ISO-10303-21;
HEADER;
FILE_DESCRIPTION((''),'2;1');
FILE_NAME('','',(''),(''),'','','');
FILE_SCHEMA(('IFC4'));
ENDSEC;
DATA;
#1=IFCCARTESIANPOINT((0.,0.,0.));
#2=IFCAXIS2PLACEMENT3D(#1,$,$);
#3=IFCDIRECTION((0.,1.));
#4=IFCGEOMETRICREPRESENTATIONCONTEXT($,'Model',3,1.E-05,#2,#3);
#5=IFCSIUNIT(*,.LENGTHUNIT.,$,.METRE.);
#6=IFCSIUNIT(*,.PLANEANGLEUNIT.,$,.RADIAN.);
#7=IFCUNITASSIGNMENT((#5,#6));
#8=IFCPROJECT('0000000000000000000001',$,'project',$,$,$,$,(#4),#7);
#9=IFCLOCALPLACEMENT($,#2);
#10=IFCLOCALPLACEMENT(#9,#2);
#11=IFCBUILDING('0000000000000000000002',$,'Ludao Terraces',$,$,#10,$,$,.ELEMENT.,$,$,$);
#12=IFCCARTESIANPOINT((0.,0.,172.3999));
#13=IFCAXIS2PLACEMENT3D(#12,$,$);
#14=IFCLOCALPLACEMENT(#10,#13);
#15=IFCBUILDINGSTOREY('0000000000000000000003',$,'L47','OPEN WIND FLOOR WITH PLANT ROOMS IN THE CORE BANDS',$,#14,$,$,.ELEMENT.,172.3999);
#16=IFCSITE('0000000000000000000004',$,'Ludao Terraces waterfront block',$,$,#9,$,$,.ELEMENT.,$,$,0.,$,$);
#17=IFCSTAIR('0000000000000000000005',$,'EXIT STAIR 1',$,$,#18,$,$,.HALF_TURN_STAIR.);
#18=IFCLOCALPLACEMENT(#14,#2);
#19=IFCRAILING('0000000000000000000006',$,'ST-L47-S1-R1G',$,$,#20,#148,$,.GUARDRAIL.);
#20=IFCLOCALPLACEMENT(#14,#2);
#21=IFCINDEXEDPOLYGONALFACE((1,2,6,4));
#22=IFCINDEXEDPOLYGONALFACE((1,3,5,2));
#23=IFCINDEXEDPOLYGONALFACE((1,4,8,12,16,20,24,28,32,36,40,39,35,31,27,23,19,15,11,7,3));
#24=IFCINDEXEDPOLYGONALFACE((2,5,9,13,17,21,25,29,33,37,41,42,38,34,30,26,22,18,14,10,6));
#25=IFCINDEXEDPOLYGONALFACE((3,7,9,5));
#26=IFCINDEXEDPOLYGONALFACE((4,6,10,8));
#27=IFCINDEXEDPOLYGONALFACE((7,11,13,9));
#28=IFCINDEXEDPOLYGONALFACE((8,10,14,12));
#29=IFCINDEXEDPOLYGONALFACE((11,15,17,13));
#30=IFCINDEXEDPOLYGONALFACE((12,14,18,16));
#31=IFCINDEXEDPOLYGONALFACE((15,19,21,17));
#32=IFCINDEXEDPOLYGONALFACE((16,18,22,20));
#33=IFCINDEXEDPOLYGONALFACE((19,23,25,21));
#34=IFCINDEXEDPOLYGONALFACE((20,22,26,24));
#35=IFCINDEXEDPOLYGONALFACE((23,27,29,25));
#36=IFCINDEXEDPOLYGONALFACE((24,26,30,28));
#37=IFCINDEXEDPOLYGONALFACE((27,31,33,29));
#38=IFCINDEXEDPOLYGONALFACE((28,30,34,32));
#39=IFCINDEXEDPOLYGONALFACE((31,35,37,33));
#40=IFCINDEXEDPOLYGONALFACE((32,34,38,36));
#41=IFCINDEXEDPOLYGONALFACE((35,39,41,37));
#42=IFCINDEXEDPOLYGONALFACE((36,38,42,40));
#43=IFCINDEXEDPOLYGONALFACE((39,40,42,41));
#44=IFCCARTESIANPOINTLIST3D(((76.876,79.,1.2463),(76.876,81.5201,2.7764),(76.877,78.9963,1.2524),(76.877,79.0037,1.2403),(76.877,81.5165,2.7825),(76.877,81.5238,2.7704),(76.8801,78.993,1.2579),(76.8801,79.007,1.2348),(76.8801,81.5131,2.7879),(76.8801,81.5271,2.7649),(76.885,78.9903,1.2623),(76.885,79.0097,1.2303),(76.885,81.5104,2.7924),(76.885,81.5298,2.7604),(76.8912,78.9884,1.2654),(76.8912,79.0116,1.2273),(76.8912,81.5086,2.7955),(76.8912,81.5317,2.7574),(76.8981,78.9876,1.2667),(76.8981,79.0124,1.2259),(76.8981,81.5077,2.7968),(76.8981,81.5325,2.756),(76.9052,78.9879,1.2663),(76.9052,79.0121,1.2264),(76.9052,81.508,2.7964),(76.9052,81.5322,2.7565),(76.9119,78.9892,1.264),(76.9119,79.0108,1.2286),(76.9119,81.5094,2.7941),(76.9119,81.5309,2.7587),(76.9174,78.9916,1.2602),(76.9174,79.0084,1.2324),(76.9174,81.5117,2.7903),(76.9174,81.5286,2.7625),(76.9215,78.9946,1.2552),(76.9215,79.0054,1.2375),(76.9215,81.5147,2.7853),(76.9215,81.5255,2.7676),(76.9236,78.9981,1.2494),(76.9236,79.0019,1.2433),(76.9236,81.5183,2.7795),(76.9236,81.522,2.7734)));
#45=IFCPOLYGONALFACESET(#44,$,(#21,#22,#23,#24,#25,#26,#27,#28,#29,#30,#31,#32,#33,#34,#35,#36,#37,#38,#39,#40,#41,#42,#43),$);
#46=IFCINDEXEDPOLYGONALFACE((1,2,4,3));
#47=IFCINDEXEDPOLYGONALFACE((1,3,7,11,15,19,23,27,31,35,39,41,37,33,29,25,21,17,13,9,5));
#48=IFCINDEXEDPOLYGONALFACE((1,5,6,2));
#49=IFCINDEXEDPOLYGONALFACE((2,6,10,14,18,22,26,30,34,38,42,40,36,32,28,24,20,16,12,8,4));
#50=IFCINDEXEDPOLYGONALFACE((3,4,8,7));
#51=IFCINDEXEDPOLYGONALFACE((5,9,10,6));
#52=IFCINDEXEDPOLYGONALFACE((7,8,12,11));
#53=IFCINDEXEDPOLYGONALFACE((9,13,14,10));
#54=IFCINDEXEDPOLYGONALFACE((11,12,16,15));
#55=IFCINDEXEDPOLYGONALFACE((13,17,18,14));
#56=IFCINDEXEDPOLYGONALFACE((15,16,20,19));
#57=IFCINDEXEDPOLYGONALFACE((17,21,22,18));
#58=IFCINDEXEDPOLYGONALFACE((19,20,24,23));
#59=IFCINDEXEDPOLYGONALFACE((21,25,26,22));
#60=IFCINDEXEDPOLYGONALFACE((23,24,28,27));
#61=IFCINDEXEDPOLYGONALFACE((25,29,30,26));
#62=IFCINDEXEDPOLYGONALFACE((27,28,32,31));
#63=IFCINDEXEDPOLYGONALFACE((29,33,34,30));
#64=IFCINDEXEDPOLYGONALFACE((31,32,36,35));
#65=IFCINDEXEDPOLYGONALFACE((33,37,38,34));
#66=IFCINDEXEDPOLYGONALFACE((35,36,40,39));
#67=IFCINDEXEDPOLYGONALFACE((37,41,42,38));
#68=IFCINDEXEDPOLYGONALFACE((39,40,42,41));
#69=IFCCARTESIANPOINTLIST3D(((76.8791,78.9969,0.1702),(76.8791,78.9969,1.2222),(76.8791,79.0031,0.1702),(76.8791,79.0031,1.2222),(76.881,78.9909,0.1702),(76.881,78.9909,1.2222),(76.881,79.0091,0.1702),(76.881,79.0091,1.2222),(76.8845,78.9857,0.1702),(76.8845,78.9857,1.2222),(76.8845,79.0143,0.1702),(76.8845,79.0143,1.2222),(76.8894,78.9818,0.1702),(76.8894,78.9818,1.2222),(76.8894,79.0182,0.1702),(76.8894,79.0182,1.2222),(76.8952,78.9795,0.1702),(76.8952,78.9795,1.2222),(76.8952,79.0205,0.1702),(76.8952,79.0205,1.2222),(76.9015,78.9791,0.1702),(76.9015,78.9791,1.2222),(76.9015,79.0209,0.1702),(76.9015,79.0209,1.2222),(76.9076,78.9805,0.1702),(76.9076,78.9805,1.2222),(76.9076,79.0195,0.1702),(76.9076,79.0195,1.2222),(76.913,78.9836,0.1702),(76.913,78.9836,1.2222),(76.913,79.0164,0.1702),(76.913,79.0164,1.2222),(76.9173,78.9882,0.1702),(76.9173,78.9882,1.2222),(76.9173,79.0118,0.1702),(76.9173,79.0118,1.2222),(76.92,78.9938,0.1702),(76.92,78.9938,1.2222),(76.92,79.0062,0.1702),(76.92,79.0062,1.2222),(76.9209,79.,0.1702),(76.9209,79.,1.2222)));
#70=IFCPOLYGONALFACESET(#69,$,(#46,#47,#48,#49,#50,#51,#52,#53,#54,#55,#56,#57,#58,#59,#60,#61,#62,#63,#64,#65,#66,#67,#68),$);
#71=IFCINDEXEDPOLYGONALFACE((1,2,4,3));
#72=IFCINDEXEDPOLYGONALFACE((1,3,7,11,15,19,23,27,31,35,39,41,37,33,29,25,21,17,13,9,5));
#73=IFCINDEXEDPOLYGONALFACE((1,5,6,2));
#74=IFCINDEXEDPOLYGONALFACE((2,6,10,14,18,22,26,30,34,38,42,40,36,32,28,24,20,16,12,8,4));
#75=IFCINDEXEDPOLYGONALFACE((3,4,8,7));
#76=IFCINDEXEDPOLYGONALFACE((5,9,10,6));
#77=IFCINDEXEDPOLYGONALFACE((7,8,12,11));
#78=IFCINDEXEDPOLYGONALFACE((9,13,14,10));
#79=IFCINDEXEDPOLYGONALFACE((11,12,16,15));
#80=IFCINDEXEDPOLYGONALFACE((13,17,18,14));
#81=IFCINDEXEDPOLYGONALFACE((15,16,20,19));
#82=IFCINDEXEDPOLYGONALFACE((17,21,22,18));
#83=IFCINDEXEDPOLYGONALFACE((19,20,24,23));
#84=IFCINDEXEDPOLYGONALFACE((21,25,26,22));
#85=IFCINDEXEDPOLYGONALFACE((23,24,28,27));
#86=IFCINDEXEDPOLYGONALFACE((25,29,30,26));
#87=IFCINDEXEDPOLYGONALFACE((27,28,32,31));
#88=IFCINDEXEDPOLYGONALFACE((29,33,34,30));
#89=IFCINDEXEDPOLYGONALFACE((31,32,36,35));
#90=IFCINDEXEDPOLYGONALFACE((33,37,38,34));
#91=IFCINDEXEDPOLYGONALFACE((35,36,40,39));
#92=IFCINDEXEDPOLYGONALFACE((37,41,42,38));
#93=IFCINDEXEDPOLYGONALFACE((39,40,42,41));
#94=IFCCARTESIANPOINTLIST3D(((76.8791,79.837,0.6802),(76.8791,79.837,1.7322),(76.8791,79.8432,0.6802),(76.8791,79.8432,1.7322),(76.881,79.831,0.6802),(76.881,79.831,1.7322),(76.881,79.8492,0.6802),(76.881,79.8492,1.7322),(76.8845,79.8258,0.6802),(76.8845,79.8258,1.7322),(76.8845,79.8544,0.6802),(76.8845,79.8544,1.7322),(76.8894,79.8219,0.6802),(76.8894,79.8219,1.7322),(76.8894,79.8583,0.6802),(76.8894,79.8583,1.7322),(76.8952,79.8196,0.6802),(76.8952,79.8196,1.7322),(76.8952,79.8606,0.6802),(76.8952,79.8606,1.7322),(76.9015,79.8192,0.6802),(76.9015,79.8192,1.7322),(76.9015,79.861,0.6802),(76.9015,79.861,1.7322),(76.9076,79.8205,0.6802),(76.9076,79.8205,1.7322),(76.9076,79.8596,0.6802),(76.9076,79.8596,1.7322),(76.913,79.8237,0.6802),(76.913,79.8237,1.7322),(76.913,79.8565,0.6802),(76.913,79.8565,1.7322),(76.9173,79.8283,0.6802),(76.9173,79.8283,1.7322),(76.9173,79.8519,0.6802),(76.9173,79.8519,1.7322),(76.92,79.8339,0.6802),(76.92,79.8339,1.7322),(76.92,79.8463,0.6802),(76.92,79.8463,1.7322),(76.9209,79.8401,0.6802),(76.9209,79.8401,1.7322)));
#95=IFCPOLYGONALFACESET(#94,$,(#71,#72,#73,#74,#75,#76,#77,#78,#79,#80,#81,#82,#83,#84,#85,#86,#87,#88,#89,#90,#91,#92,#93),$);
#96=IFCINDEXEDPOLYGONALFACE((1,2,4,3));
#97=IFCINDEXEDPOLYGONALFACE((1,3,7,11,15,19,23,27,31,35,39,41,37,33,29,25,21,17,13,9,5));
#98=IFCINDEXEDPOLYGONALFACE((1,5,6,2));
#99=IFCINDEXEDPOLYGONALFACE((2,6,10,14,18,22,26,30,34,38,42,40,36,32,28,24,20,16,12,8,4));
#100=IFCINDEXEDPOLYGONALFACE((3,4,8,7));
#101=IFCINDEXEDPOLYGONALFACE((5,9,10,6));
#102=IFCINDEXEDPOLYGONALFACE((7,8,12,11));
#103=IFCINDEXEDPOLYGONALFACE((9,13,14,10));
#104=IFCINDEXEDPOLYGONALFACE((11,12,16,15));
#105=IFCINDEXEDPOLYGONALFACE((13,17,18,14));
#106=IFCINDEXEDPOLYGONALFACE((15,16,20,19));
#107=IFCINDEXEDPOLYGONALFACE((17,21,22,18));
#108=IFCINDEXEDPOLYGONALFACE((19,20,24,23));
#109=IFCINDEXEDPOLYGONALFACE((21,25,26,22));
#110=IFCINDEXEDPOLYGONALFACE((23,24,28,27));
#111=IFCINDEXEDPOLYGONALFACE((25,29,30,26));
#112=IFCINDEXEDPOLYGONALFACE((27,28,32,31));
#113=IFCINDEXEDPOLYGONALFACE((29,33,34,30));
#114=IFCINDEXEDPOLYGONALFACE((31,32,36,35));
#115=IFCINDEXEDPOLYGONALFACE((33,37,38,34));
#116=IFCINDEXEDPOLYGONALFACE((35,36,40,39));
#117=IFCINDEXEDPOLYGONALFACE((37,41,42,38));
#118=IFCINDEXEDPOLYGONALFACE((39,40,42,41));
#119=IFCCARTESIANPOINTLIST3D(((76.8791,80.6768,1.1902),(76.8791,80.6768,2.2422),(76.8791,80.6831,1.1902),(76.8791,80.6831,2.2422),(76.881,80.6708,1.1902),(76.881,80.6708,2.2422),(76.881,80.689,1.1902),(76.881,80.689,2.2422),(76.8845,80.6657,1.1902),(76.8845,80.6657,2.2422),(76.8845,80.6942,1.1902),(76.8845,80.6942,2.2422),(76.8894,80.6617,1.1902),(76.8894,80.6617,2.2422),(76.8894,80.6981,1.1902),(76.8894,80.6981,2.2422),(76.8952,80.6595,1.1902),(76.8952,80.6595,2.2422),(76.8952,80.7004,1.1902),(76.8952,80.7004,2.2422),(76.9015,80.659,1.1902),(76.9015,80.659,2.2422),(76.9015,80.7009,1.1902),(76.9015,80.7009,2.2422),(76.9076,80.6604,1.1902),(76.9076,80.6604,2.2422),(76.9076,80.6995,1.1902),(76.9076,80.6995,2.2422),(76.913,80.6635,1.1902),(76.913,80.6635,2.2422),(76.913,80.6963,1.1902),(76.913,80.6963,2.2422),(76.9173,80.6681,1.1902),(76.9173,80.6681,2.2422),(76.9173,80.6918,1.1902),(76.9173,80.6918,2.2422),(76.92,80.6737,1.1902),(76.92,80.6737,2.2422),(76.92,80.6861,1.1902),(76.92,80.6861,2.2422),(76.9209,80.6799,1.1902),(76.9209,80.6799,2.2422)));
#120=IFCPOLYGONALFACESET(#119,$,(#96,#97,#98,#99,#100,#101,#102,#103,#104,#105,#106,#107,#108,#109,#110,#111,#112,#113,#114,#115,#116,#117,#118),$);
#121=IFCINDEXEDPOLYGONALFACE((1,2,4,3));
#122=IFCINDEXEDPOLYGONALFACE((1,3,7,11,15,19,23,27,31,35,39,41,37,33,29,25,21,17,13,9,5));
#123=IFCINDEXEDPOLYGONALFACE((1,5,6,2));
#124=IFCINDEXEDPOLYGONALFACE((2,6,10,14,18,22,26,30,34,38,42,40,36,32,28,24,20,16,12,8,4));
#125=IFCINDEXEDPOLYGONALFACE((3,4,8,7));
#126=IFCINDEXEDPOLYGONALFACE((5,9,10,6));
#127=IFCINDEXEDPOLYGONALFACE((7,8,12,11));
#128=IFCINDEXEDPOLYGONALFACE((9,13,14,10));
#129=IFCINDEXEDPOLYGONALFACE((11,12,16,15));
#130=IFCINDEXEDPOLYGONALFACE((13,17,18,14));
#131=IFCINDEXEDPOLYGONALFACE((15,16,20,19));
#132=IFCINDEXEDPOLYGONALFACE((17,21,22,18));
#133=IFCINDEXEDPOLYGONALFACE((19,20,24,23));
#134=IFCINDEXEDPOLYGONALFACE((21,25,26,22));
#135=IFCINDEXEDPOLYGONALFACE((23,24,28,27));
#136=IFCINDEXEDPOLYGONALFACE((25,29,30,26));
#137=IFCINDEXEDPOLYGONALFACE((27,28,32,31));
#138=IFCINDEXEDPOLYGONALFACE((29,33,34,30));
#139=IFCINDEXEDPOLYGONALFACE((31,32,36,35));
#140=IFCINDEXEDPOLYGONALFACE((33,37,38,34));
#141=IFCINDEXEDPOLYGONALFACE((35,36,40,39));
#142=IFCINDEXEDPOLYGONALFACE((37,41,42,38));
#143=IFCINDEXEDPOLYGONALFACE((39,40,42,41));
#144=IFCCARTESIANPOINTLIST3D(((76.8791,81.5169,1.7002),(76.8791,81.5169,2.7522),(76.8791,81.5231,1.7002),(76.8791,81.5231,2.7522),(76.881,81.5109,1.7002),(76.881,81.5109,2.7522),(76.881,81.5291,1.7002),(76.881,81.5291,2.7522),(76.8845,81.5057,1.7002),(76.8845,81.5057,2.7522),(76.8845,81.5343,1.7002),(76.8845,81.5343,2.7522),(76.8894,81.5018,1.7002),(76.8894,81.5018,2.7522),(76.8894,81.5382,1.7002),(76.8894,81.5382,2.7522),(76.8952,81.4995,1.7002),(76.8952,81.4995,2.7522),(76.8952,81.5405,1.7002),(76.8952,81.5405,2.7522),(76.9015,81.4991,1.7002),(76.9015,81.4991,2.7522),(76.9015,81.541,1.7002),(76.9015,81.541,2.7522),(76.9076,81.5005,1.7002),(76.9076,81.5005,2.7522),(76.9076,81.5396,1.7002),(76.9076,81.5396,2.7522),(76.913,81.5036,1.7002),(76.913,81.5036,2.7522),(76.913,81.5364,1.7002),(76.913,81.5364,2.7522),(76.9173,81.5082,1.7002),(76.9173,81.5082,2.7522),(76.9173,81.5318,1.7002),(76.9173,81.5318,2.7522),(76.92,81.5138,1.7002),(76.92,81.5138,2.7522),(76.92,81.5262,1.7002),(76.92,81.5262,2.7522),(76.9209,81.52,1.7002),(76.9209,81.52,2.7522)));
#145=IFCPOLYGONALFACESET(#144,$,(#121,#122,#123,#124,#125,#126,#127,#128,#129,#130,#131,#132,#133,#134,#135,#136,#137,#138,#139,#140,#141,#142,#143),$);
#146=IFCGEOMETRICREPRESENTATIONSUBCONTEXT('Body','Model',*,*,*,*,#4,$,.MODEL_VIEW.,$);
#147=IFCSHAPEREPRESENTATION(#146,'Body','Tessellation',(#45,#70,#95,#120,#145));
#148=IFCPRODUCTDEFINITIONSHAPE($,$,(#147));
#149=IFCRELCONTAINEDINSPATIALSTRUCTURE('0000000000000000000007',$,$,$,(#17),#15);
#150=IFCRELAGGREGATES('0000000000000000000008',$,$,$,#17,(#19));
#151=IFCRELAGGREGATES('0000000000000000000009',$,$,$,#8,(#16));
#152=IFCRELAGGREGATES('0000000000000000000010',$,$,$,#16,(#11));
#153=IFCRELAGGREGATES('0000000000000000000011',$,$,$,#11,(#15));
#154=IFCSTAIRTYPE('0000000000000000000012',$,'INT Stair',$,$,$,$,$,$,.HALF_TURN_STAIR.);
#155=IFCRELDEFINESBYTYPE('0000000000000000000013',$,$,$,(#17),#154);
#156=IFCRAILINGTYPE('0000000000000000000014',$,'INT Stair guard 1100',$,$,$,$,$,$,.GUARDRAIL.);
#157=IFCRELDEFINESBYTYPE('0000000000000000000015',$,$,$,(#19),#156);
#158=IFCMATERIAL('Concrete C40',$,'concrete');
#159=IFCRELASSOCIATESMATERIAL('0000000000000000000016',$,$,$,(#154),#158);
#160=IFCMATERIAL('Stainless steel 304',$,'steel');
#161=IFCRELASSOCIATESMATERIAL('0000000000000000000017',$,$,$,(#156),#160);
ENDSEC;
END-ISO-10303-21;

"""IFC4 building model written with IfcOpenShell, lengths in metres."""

from ifc_helpers import new_model, si_unit, direction, frame, origin, origin_2d, place, context, subcontext, project, spatial, circle, extrude, material, type_object, element, aggregate, save


model = new_model("IFC4")

# Units and contexts
model_context = context("Model", 3, precision=1e-05, world=origin(), true_north=direction((0.0, 1.0)))
body_context = subcontext(model_context, "Body", "Model", "MODEL_VIEW")
ifc_project = project(units=[si_unit("LENGTHUNIT", "METRE"), si_unit("PLANEANGLEUNIT", "RADIAN")], contexts=[model_context])

# Site, building, storey
site_placement = place(None, origin())
site = spatial("IfcSite", under=ifc_project, at=site_placement, Name="Ludao Terraces waterfront block", CompositionType="ELEMENT", RefElevation=0.0)
building_placement = place(site_placement, origin())
building = spatial("IfcBuilding", under=site, at=building_placement, Name="Ludao Terraces", CompositionType="ELEMENT")
storey_placement = place(building_placement, frame((0.0, 0.0, 172.3999)))
storey = spatial("IfcBuildingStorey", under=building, at=storey_placement, Name="L47", Description="OPEN WIND FLOOR WITH PLANT ROOMS IN THE CORE BANDS", CompositionType="ELEMENT", Elevation=172.3999)

# Stair, railing
ifc_material_1 = material(Name="Concrete C40", Category="concrete")
stair_type = type_object("IfcStairType", Name="INT Stair", PredefinedType="HALF_TURN_STAIR", material=ifc_material_1)
stair_placement = place(storey_placement, origin())
stair = element("IfcStair", 1, at=stair_placement, inside=storey, type_object=stair_type, Name="EXIT STAIR 1", PredefinedType="HALF_TURN_STAIR")
ifc_material_2 = material(Name="Stainless steel 304", Category="steel")
railing_type_1 = type_object("IfcRailingType", Name="INT Stair guard 1100", PredefinedType="GUARDRAIL", material=ifc_material_2)
railing_1_placement = place(storey_placement, frame((76.8999, 79.0, 0.1702)))
railing_1 = element("IfcRailing", 2, at=railing_1_placement, type_object=railing_type_1, Name="ST-L47-S1-R1G", PredefinedType="GUARDRAIL", context=body_context, shape_type="SweptSolid", body=[
    extrude(circle(Radius=0.0239, at=origin_2d()), frame((0.0, 0.0, 1.0762), z_axis=(0.0, 0.854785, 0.518982), x_axis=(-1.0, 0.0, 0.0)), (0.0, 0.0, 1.0), 2.9482),
    extrude(circle(Radius=0.021, at=origin_2d()), origin(), (0.0, 0.0, 1.0), 1.052),
    extrude(circle(Radius=0.021, at=origin_2d()), frame((0.0, 0.8401, 0.51)), (0.0, 0.0, 1.0), 1.052),
    extrude(circle(Radius=0.021, at=origin_2d()), frame((0.0, 1.6799, 1.02)), (0.0, 0.0, 1.0), 1.052),
    extrude(circle(Radius=0.021, at=origin_2d()), frame((0.0, 2.52, 1.53)), (0.0, 0.0, 1.0), 1.052),
])
aggregate(stair, [railing_1])

save(model, "model.ifc")
